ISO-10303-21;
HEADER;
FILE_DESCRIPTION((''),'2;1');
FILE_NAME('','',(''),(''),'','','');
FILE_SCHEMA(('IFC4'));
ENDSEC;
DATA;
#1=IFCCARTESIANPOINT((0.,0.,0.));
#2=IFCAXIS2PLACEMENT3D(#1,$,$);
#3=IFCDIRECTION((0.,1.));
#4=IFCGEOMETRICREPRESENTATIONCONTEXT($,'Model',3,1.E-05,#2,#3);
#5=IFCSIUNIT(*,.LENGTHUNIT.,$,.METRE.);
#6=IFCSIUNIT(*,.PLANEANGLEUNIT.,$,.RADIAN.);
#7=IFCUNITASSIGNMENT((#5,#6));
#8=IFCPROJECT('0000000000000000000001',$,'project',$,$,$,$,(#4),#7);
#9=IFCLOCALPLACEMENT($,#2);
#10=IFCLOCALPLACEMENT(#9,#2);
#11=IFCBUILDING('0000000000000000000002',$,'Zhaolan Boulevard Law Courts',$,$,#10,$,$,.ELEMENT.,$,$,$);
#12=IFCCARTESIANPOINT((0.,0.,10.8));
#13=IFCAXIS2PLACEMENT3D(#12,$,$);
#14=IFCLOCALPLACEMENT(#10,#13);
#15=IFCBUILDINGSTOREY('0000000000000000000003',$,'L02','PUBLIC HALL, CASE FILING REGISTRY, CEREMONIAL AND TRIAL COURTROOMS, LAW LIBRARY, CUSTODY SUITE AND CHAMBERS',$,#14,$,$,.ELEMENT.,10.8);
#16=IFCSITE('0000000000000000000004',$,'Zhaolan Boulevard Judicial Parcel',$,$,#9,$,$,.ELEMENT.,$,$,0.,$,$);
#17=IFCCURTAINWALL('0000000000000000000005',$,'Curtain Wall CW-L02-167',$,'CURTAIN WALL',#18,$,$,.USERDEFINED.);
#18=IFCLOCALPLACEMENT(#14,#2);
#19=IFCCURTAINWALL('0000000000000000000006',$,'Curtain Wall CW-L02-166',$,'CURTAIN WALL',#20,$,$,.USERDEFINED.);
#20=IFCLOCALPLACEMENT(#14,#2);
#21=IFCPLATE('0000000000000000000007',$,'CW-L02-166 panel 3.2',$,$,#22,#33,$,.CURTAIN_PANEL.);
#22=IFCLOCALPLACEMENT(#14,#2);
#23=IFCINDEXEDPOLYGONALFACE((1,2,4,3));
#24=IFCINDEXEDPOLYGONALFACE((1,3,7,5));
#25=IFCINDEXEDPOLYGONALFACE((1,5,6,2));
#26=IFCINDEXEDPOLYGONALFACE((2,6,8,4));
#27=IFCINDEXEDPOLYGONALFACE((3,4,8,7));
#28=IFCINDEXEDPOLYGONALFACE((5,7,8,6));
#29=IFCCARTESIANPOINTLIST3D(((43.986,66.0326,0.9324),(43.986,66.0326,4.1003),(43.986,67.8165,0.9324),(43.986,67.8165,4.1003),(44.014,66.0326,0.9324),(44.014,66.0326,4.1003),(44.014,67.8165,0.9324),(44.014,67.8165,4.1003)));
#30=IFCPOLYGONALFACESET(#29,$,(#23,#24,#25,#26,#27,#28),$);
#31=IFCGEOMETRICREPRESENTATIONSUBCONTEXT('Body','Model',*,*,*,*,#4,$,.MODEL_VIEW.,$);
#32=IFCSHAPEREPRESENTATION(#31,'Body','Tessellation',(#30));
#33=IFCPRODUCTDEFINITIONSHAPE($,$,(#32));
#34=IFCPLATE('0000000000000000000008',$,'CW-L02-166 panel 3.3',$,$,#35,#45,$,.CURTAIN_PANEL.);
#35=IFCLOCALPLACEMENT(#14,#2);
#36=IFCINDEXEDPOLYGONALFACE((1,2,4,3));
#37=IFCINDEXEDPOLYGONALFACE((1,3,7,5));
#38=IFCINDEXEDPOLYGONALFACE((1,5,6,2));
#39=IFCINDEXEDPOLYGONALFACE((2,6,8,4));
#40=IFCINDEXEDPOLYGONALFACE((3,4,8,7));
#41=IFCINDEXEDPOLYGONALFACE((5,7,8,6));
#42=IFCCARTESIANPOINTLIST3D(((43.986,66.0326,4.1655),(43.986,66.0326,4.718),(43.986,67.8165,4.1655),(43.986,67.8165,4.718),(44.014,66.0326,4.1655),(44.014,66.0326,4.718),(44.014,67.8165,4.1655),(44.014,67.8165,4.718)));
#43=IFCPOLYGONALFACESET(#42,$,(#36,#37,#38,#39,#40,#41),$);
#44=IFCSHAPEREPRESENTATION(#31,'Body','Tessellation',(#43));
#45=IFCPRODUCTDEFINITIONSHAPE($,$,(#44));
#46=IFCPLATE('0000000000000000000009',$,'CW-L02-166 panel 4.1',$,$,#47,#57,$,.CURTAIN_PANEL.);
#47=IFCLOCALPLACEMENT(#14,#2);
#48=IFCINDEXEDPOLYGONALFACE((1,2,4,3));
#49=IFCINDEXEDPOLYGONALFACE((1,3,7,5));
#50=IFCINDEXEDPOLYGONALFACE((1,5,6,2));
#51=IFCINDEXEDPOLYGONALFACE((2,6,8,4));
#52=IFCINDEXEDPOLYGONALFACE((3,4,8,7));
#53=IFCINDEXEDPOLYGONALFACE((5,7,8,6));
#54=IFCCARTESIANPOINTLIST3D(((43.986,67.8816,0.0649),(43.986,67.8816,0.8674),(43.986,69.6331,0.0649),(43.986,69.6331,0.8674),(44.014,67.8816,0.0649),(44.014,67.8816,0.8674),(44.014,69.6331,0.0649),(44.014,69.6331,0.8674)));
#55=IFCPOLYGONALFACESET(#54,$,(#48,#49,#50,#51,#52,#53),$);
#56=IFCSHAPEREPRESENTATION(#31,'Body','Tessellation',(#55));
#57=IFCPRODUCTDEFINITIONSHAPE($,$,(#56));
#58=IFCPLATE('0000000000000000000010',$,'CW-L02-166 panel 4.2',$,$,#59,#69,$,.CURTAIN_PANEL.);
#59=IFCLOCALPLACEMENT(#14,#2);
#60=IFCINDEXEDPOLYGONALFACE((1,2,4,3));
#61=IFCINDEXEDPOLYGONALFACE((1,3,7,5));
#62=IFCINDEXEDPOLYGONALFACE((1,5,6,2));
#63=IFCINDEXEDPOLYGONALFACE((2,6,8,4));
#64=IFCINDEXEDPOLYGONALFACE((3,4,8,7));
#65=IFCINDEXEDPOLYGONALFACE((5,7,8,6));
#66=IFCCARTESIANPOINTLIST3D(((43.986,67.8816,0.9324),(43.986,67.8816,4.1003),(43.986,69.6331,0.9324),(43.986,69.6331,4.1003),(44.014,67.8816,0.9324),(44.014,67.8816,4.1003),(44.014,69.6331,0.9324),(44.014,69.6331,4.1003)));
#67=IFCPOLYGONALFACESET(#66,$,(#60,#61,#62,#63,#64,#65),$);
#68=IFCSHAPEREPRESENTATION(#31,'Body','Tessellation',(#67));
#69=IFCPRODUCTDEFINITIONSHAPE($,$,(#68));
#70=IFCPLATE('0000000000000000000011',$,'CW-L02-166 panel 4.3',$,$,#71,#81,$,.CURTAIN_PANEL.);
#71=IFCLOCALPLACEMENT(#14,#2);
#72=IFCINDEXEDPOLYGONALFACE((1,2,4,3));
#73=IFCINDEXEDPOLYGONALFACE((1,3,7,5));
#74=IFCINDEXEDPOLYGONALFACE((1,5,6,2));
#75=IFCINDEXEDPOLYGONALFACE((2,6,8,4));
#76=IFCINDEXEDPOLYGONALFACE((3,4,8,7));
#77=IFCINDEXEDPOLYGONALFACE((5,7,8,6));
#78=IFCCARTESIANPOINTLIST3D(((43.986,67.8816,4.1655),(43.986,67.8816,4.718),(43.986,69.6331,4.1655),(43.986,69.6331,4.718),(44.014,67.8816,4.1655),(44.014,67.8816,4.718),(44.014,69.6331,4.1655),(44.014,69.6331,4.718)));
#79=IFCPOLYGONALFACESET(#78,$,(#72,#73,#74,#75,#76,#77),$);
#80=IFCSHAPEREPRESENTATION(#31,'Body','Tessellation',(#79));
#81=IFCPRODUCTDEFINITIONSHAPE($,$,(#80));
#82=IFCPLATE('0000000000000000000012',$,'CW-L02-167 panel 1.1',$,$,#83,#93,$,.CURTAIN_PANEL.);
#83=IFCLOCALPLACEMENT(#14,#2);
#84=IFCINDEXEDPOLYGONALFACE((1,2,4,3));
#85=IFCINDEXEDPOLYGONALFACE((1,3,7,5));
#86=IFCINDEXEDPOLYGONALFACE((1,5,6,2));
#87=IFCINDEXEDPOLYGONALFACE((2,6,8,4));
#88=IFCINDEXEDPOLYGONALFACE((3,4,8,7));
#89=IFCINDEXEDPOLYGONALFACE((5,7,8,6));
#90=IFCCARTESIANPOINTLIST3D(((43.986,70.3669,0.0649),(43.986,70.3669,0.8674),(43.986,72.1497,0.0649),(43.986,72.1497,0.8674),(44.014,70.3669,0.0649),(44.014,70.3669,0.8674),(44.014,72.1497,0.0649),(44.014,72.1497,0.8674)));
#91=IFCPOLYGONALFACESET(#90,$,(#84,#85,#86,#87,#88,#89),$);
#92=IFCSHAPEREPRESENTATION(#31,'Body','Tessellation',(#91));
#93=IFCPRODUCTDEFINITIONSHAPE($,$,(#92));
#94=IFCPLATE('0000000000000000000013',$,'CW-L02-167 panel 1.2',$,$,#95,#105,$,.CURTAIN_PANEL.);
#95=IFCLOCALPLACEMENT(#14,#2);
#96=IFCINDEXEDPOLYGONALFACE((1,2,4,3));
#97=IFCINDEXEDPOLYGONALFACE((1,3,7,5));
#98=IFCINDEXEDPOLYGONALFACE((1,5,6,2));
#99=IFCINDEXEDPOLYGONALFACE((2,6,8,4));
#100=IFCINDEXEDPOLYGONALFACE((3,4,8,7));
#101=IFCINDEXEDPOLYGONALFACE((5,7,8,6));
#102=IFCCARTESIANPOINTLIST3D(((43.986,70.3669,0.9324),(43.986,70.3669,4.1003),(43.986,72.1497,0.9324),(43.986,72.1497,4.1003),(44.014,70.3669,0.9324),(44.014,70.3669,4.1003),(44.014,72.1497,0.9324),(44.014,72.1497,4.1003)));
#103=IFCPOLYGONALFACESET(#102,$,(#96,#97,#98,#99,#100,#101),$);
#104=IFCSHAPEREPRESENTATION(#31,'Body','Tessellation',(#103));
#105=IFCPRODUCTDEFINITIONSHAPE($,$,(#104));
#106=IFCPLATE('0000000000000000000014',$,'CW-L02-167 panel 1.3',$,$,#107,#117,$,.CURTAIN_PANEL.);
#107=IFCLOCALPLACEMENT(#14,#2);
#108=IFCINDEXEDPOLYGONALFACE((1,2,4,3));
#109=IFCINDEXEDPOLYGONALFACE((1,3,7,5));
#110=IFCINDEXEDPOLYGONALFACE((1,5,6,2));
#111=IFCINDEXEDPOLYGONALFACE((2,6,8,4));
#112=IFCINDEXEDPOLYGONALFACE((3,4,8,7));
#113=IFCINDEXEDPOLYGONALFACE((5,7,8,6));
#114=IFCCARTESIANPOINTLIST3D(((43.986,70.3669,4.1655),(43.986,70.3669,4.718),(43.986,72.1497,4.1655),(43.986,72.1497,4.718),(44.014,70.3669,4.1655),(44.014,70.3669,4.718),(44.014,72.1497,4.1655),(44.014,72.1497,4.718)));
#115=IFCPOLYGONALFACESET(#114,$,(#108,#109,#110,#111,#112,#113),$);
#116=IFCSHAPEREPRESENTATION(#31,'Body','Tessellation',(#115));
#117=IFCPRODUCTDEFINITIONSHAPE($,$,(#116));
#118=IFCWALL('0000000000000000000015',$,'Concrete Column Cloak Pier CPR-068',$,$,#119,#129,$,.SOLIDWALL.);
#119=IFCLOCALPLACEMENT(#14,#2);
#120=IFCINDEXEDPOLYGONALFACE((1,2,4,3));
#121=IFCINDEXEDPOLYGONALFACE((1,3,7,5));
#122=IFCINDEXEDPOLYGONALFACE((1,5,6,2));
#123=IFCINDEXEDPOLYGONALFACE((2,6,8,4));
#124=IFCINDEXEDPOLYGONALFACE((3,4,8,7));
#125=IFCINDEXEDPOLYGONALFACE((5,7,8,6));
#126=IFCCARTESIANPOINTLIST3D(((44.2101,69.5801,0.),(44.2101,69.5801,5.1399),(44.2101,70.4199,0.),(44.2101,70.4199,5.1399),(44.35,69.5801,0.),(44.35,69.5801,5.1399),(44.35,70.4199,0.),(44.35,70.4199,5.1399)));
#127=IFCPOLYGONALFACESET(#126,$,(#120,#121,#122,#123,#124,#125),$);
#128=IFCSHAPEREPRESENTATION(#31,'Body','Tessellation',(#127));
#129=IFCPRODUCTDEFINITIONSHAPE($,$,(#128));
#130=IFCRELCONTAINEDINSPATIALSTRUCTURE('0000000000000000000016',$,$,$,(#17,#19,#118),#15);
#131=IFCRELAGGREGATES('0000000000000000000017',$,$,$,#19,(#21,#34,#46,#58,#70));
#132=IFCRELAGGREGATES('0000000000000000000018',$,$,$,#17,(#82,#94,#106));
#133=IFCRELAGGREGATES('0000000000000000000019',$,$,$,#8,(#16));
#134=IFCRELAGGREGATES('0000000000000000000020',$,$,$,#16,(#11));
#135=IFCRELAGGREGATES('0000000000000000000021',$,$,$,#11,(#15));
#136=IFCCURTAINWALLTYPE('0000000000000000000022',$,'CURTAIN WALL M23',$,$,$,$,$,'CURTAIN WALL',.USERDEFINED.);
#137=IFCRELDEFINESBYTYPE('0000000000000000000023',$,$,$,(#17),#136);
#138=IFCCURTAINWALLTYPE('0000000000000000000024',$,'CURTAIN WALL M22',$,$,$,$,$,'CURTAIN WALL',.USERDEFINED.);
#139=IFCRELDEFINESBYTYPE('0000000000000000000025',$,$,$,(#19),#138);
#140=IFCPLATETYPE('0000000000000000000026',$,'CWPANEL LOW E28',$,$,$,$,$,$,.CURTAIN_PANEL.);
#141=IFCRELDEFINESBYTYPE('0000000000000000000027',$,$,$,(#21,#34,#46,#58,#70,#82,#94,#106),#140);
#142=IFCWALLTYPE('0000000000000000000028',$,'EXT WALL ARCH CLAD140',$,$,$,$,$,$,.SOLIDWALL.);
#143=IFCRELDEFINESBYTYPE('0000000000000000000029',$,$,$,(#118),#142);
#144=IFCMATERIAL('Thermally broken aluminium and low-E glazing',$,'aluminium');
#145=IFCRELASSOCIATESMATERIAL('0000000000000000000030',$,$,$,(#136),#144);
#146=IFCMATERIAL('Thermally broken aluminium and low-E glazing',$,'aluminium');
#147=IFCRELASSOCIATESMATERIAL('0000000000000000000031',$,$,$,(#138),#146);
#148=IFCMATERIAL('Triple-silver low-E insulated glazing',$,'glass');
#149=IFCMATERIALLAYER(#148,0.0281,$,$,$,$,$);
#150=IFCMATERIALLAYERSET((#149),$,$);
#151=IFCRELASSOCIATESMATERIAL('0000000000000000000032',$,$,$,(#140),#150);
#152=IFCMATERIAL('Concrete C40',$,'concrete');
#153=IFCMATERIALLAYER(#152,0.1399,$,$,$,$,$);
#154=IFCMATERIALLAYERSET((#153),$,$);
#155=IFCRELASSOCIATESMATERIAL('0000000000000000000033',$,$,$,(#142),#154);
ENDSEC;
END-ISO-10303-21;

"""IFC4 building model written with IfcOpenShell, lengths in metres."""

from ifc_helpers import new_model, si_unit, direction, frame, frame_2d, origin, origin_2d, place, context, subcontext, project, spatial, rectangle, extrude, material, layer, layer_set, type_object, element, aggregate, save


model = new_model("IFC4")

# Units and contexts
model_context = context("Model", 3, precision=1e-05, world=origin(), true_north=direction((0.0, 1.0)))
body_context = subcontext(model_context, "Body", "Model", "MODEL_VIEW")
ifc_project = project(units=[si_unit("LENGTHUNIT", "METRE"), si_unit("PLANEANGLEUNIT", "RADIAN")], contexts=[model_context])

# Site, building, storey
site_placement = place(None, origin())
site = spatial("IfcSite", under=ifc_project, at=site_placement, Name="Zhaolan Boulevard Judicial Parcel", CompositionType="ELEMENT", RefElevation=0.0)
building_placement = place(site_placement, origin())
building = spatial("IfcBuilding", under=site, at=building_placement, Name="Zhaolan Boulevard Law Courts", CompositionType="ELEMENT")
storey_placement = place(building_placement, frame((0.0, 0.0, 10.8)))
storey = spatial("IfcBuildingStorey", under=building, at=storey_placement, Name="L02", Description="PUBLIC HALL, CASE FILING REGISTRY, CEREMONIAL AND TRIAL COURTROOMS, LAW LIBRARY, CUSTODY SUITE AND CHAMBERS", CompositionType="ELEMENT", Elevation=10.8)

# Curtain walls
ifc_material_1 = material(Name="Thermally broken aluminium and low-E glazing", Category="aluminium")
curtain_wall_type_1 = type_object("IfcCurtainWallType", Name="CURTAIN WALL M23", ElementType="CURTAIN WALL", PredefinedType="USERDEFINED", material=ifc_material_1)
curtain_wall_1_placement = place(storey_placement, origin())
curtain_wall_1 = element("IfcCurtainWall", 1, at=curtain_wall_1_placement, inside=storey, type_object=curtain_wall_type_1, Name="Curtain Wall CW-L02-167", ObjectType="CURTAIN WALL", PredefinedType="USERDEFINED")
ifc_material_2 = material(Name="Thermally broken aluminium and low-E glazing", Category="aluminium")
curtain_wall_type_2 = type_object("IfcCurtainWallType", Name="CURTAIN WALL M22", ElementType="CURTAIN WALL", PredefinedType="USERDEFINED", material=ifc_material_2)
curtain_wall_2_placement = place(storey_placement, origin())
curtain_wall_2 = element("IfcCurtainWall", 2, at=curtain_wall_2_placement, inside=storey, type_object=curtain_wall_type_2, Name="Curtain Wall CW-L02-166", ObjectType="CURTAIN WALL", PredefinedType="USERDEFINED")

# Plates
ifc_material_3 = material(Name="Triple-silver low-E insulated glazing", Category="glass")
ifc_layer_1 = layer(ifc_material_3, 0.0281)
ifc_layer_set_1 = layer_set([ifc_layer_1])
plate_type = type_object("IfcPlateType", Name="CWPANEL LOW E28", PredefinedType="CURTAIN_PANEL", material=ifc_layer_set_1)
plate_1_placement = place(storey_placement, frame((44.0, 66.9246, 0.9324), z_axis=(0.0, 0.0, 1.0), x_axis=(0.0, 1.0, 0.0)))
plate_1 = element("IfcPlate", 3, at=plate_1_placement, type_object=plate_type, Name="CW-L02-166 panel 3.2", PredefinedType="CURTAIN_PANEL", context=body_context, shape_type="SweptSolid", body=[
    extrude(rectangle(XDim=1.7839, YDim=0.0281, at=origin_2d()), origin(), (0.0, 0.0, 1.0), 3.168),
])
plate_2_placement = place(storey_placement, frame((44.0, 66.9246, 4.1655), z_axis=(0.0, 0.0, 1.0), x_axis=(0.0, 1.0, 0.0)))
plate_2 = element("IfcPlate", 4, at=plate_2_placement, type_object=plate_type, Name="CW-L02-166 panel 3.3", PredefinedType="CURTAIN_PANEL", context=body_context, shape_type="SweptSolid", body=[
    extrude(rectangle(XDim=1.7839, YDim=0.0281, at=origin_2d()), origin(), (0.0, 0.0, 1.0), 0.5525),
])
plate_3_placement = place(storey_placement, frame((44.0, 68.7573, 0.0649), z_axis=(0.0, 0.0, 1.0), x_axis=(0.0, 1.0, 0.0)))
plate_3 = element("IfcPlate", 5, at=plate_3_placement, type_object=plate_type, Name="CW-L02-166 panel 4.1", PredefinedType="CURTAIN_PANEL", context=body_context, shape_type="SweptSolid", body=[
    extrude(rectangle(XDim=1.7515, YDim=0.0281, at=origin_2d()), origin(), (0.0, 0.0, 1.0), 0.8025),
])
plate_4_placement = place(storey_placement, frame((44.0, 68.7573, 0.9324), z_axis=(0.0, 0.0, 1.0), x_axis=(0.0, 1.0, 0.0)))
plate_4 = element("IfcPlate", 6, at=plate_4_placement, type_object=plate_type, Name="CW-L02-166 panel 4.2", PredefinedType="CURTAIN_PANEL", context=body_context, shape_type="SweptSolid", body=[
    extrude(rectangle(XDim=1.7515, YDim=0.0281, at=origin_2d()), origin(), (0.0, 0.0, 1.0), 3.168),
])
plate_5_placement = place(storey_placement, frame((44.0, 68.7573, 4.1655), z_axis=(0.0, 0.0, 1.0), x_axis=(0.0, 1.0, 0.0)))
plate_5 = element("IfcPlate", 7, at=plate_5_placement, type_object=plate_type, Name="CW-L02-166 panel 4.3", PredefinedType="CURTAIN_PANEL", context=body_context, shape_type="SweptSolid", body=[
    extrude(rectangle(XDim=1.7515, YDim=0.0281, at=origin_2d()), origin(), (0.0, 0.0, 1.0), 0.5525),
])
aggregate(curtain_wall_2, [plate_1, plate_2, plate_3, plate_4, plate_5])
plate_6_placement = place(storey_placement, frame((44.0, 71.2583, 0.0649), z_axis=(0.0, 0.0, 1.0), x_axis=(0.0, 1.0, 0.0)))
plate_6 = element("IfcPlate", 8, at=plate_6_placement, type_object=plate_type, Name="CW-L02-167 panel 1.1", PredefinedType="CURTAIN_PANEL", context=body_context, shape_type="SweptSolid", body=[
    extrude(rectangle(XDim=1.7827, YDim=0.0281, at=origin_2d()), origin(), (0.0, 0.0, 1.0), 0.8025),
])
plate_7_placement = place(storey_placement, frame((44.0, 71.2583, 0.9324), z_axis=(0.0, 0.0, 1.0), x_axis=(0.0, 1.0, 0.0)))
plate_7 = element("IfcPlate", 9, at=plate_7_placement, type_object=plate_type, Name="CW-L02-167 panel 1.2", PredefinedType="CURTAIN_PANEL", context=body_context, shape_type="SweptSolid", body=[
    extrude(rectangle(XDim=1.7827, YDim=0.0281, at=origin_2d()), origin(), (0.0, 0.0, 1.0), 3.168),
])
plate_8_placement = place(storey_placement, frame((44.0, 71.2583, 4.1655), z_axis=(0.0, 0.0, 1.0), x_axis=(0.0, 1.0, 0.0)))
plate_8 = element("IfcPlate", 10, at=plate_8_placement, type_object=plate_type, Name="CW-L02-167 panel 1.3", PredefinedType="CURTAIN_PANEL", context=body_context, shape_type="SweptSolid", body=[
    extrude(rectangle(XDim=1.7827, YDim=0.0281, at=origin_2d()), origin(), (0.0, 0.0, 1.0), 0.5525),
])
aggregate(curtain_wall_1, [plate_6, plate_7, plate_8])

# Wall
ifc_material_4 = material(Name="Concrete C40", Category="concrete")
ifc_layer_2 = layer(ifc_material_4, 0.1399)
ifc_layer_set_2 = layer_set([ifc_layer_2])
wall_type = type_object("IfcWallType", Name="EXT WALL ARCH CLAD140", PredefinedType="SOLIDWALL", material=ifc_layer_set_2)
wall_placement = place(storey_placement, frame((44.28, 69.5801, 0.0), z_axis=(0.0, 0.0, 1.0), x_axis=(0.0, 1.0, 0.0)))
element("IfcWall", 11, at=wall_placement, inside=storey, type_object=wall_type, Name="Concrete Column Cloak Pier CPR-068", PredefinedType="SOLIDWALL", context=body_context, shape_type="SweptSolid", body=[
    extrude(rectangle(XDim=0.8398, YDim=0.1399, at=frame_2d((0.4199, 0.0))), origin(), (0.0, 0.0, 1.0), 5.1399),
])

save(model, "model.ifc")
